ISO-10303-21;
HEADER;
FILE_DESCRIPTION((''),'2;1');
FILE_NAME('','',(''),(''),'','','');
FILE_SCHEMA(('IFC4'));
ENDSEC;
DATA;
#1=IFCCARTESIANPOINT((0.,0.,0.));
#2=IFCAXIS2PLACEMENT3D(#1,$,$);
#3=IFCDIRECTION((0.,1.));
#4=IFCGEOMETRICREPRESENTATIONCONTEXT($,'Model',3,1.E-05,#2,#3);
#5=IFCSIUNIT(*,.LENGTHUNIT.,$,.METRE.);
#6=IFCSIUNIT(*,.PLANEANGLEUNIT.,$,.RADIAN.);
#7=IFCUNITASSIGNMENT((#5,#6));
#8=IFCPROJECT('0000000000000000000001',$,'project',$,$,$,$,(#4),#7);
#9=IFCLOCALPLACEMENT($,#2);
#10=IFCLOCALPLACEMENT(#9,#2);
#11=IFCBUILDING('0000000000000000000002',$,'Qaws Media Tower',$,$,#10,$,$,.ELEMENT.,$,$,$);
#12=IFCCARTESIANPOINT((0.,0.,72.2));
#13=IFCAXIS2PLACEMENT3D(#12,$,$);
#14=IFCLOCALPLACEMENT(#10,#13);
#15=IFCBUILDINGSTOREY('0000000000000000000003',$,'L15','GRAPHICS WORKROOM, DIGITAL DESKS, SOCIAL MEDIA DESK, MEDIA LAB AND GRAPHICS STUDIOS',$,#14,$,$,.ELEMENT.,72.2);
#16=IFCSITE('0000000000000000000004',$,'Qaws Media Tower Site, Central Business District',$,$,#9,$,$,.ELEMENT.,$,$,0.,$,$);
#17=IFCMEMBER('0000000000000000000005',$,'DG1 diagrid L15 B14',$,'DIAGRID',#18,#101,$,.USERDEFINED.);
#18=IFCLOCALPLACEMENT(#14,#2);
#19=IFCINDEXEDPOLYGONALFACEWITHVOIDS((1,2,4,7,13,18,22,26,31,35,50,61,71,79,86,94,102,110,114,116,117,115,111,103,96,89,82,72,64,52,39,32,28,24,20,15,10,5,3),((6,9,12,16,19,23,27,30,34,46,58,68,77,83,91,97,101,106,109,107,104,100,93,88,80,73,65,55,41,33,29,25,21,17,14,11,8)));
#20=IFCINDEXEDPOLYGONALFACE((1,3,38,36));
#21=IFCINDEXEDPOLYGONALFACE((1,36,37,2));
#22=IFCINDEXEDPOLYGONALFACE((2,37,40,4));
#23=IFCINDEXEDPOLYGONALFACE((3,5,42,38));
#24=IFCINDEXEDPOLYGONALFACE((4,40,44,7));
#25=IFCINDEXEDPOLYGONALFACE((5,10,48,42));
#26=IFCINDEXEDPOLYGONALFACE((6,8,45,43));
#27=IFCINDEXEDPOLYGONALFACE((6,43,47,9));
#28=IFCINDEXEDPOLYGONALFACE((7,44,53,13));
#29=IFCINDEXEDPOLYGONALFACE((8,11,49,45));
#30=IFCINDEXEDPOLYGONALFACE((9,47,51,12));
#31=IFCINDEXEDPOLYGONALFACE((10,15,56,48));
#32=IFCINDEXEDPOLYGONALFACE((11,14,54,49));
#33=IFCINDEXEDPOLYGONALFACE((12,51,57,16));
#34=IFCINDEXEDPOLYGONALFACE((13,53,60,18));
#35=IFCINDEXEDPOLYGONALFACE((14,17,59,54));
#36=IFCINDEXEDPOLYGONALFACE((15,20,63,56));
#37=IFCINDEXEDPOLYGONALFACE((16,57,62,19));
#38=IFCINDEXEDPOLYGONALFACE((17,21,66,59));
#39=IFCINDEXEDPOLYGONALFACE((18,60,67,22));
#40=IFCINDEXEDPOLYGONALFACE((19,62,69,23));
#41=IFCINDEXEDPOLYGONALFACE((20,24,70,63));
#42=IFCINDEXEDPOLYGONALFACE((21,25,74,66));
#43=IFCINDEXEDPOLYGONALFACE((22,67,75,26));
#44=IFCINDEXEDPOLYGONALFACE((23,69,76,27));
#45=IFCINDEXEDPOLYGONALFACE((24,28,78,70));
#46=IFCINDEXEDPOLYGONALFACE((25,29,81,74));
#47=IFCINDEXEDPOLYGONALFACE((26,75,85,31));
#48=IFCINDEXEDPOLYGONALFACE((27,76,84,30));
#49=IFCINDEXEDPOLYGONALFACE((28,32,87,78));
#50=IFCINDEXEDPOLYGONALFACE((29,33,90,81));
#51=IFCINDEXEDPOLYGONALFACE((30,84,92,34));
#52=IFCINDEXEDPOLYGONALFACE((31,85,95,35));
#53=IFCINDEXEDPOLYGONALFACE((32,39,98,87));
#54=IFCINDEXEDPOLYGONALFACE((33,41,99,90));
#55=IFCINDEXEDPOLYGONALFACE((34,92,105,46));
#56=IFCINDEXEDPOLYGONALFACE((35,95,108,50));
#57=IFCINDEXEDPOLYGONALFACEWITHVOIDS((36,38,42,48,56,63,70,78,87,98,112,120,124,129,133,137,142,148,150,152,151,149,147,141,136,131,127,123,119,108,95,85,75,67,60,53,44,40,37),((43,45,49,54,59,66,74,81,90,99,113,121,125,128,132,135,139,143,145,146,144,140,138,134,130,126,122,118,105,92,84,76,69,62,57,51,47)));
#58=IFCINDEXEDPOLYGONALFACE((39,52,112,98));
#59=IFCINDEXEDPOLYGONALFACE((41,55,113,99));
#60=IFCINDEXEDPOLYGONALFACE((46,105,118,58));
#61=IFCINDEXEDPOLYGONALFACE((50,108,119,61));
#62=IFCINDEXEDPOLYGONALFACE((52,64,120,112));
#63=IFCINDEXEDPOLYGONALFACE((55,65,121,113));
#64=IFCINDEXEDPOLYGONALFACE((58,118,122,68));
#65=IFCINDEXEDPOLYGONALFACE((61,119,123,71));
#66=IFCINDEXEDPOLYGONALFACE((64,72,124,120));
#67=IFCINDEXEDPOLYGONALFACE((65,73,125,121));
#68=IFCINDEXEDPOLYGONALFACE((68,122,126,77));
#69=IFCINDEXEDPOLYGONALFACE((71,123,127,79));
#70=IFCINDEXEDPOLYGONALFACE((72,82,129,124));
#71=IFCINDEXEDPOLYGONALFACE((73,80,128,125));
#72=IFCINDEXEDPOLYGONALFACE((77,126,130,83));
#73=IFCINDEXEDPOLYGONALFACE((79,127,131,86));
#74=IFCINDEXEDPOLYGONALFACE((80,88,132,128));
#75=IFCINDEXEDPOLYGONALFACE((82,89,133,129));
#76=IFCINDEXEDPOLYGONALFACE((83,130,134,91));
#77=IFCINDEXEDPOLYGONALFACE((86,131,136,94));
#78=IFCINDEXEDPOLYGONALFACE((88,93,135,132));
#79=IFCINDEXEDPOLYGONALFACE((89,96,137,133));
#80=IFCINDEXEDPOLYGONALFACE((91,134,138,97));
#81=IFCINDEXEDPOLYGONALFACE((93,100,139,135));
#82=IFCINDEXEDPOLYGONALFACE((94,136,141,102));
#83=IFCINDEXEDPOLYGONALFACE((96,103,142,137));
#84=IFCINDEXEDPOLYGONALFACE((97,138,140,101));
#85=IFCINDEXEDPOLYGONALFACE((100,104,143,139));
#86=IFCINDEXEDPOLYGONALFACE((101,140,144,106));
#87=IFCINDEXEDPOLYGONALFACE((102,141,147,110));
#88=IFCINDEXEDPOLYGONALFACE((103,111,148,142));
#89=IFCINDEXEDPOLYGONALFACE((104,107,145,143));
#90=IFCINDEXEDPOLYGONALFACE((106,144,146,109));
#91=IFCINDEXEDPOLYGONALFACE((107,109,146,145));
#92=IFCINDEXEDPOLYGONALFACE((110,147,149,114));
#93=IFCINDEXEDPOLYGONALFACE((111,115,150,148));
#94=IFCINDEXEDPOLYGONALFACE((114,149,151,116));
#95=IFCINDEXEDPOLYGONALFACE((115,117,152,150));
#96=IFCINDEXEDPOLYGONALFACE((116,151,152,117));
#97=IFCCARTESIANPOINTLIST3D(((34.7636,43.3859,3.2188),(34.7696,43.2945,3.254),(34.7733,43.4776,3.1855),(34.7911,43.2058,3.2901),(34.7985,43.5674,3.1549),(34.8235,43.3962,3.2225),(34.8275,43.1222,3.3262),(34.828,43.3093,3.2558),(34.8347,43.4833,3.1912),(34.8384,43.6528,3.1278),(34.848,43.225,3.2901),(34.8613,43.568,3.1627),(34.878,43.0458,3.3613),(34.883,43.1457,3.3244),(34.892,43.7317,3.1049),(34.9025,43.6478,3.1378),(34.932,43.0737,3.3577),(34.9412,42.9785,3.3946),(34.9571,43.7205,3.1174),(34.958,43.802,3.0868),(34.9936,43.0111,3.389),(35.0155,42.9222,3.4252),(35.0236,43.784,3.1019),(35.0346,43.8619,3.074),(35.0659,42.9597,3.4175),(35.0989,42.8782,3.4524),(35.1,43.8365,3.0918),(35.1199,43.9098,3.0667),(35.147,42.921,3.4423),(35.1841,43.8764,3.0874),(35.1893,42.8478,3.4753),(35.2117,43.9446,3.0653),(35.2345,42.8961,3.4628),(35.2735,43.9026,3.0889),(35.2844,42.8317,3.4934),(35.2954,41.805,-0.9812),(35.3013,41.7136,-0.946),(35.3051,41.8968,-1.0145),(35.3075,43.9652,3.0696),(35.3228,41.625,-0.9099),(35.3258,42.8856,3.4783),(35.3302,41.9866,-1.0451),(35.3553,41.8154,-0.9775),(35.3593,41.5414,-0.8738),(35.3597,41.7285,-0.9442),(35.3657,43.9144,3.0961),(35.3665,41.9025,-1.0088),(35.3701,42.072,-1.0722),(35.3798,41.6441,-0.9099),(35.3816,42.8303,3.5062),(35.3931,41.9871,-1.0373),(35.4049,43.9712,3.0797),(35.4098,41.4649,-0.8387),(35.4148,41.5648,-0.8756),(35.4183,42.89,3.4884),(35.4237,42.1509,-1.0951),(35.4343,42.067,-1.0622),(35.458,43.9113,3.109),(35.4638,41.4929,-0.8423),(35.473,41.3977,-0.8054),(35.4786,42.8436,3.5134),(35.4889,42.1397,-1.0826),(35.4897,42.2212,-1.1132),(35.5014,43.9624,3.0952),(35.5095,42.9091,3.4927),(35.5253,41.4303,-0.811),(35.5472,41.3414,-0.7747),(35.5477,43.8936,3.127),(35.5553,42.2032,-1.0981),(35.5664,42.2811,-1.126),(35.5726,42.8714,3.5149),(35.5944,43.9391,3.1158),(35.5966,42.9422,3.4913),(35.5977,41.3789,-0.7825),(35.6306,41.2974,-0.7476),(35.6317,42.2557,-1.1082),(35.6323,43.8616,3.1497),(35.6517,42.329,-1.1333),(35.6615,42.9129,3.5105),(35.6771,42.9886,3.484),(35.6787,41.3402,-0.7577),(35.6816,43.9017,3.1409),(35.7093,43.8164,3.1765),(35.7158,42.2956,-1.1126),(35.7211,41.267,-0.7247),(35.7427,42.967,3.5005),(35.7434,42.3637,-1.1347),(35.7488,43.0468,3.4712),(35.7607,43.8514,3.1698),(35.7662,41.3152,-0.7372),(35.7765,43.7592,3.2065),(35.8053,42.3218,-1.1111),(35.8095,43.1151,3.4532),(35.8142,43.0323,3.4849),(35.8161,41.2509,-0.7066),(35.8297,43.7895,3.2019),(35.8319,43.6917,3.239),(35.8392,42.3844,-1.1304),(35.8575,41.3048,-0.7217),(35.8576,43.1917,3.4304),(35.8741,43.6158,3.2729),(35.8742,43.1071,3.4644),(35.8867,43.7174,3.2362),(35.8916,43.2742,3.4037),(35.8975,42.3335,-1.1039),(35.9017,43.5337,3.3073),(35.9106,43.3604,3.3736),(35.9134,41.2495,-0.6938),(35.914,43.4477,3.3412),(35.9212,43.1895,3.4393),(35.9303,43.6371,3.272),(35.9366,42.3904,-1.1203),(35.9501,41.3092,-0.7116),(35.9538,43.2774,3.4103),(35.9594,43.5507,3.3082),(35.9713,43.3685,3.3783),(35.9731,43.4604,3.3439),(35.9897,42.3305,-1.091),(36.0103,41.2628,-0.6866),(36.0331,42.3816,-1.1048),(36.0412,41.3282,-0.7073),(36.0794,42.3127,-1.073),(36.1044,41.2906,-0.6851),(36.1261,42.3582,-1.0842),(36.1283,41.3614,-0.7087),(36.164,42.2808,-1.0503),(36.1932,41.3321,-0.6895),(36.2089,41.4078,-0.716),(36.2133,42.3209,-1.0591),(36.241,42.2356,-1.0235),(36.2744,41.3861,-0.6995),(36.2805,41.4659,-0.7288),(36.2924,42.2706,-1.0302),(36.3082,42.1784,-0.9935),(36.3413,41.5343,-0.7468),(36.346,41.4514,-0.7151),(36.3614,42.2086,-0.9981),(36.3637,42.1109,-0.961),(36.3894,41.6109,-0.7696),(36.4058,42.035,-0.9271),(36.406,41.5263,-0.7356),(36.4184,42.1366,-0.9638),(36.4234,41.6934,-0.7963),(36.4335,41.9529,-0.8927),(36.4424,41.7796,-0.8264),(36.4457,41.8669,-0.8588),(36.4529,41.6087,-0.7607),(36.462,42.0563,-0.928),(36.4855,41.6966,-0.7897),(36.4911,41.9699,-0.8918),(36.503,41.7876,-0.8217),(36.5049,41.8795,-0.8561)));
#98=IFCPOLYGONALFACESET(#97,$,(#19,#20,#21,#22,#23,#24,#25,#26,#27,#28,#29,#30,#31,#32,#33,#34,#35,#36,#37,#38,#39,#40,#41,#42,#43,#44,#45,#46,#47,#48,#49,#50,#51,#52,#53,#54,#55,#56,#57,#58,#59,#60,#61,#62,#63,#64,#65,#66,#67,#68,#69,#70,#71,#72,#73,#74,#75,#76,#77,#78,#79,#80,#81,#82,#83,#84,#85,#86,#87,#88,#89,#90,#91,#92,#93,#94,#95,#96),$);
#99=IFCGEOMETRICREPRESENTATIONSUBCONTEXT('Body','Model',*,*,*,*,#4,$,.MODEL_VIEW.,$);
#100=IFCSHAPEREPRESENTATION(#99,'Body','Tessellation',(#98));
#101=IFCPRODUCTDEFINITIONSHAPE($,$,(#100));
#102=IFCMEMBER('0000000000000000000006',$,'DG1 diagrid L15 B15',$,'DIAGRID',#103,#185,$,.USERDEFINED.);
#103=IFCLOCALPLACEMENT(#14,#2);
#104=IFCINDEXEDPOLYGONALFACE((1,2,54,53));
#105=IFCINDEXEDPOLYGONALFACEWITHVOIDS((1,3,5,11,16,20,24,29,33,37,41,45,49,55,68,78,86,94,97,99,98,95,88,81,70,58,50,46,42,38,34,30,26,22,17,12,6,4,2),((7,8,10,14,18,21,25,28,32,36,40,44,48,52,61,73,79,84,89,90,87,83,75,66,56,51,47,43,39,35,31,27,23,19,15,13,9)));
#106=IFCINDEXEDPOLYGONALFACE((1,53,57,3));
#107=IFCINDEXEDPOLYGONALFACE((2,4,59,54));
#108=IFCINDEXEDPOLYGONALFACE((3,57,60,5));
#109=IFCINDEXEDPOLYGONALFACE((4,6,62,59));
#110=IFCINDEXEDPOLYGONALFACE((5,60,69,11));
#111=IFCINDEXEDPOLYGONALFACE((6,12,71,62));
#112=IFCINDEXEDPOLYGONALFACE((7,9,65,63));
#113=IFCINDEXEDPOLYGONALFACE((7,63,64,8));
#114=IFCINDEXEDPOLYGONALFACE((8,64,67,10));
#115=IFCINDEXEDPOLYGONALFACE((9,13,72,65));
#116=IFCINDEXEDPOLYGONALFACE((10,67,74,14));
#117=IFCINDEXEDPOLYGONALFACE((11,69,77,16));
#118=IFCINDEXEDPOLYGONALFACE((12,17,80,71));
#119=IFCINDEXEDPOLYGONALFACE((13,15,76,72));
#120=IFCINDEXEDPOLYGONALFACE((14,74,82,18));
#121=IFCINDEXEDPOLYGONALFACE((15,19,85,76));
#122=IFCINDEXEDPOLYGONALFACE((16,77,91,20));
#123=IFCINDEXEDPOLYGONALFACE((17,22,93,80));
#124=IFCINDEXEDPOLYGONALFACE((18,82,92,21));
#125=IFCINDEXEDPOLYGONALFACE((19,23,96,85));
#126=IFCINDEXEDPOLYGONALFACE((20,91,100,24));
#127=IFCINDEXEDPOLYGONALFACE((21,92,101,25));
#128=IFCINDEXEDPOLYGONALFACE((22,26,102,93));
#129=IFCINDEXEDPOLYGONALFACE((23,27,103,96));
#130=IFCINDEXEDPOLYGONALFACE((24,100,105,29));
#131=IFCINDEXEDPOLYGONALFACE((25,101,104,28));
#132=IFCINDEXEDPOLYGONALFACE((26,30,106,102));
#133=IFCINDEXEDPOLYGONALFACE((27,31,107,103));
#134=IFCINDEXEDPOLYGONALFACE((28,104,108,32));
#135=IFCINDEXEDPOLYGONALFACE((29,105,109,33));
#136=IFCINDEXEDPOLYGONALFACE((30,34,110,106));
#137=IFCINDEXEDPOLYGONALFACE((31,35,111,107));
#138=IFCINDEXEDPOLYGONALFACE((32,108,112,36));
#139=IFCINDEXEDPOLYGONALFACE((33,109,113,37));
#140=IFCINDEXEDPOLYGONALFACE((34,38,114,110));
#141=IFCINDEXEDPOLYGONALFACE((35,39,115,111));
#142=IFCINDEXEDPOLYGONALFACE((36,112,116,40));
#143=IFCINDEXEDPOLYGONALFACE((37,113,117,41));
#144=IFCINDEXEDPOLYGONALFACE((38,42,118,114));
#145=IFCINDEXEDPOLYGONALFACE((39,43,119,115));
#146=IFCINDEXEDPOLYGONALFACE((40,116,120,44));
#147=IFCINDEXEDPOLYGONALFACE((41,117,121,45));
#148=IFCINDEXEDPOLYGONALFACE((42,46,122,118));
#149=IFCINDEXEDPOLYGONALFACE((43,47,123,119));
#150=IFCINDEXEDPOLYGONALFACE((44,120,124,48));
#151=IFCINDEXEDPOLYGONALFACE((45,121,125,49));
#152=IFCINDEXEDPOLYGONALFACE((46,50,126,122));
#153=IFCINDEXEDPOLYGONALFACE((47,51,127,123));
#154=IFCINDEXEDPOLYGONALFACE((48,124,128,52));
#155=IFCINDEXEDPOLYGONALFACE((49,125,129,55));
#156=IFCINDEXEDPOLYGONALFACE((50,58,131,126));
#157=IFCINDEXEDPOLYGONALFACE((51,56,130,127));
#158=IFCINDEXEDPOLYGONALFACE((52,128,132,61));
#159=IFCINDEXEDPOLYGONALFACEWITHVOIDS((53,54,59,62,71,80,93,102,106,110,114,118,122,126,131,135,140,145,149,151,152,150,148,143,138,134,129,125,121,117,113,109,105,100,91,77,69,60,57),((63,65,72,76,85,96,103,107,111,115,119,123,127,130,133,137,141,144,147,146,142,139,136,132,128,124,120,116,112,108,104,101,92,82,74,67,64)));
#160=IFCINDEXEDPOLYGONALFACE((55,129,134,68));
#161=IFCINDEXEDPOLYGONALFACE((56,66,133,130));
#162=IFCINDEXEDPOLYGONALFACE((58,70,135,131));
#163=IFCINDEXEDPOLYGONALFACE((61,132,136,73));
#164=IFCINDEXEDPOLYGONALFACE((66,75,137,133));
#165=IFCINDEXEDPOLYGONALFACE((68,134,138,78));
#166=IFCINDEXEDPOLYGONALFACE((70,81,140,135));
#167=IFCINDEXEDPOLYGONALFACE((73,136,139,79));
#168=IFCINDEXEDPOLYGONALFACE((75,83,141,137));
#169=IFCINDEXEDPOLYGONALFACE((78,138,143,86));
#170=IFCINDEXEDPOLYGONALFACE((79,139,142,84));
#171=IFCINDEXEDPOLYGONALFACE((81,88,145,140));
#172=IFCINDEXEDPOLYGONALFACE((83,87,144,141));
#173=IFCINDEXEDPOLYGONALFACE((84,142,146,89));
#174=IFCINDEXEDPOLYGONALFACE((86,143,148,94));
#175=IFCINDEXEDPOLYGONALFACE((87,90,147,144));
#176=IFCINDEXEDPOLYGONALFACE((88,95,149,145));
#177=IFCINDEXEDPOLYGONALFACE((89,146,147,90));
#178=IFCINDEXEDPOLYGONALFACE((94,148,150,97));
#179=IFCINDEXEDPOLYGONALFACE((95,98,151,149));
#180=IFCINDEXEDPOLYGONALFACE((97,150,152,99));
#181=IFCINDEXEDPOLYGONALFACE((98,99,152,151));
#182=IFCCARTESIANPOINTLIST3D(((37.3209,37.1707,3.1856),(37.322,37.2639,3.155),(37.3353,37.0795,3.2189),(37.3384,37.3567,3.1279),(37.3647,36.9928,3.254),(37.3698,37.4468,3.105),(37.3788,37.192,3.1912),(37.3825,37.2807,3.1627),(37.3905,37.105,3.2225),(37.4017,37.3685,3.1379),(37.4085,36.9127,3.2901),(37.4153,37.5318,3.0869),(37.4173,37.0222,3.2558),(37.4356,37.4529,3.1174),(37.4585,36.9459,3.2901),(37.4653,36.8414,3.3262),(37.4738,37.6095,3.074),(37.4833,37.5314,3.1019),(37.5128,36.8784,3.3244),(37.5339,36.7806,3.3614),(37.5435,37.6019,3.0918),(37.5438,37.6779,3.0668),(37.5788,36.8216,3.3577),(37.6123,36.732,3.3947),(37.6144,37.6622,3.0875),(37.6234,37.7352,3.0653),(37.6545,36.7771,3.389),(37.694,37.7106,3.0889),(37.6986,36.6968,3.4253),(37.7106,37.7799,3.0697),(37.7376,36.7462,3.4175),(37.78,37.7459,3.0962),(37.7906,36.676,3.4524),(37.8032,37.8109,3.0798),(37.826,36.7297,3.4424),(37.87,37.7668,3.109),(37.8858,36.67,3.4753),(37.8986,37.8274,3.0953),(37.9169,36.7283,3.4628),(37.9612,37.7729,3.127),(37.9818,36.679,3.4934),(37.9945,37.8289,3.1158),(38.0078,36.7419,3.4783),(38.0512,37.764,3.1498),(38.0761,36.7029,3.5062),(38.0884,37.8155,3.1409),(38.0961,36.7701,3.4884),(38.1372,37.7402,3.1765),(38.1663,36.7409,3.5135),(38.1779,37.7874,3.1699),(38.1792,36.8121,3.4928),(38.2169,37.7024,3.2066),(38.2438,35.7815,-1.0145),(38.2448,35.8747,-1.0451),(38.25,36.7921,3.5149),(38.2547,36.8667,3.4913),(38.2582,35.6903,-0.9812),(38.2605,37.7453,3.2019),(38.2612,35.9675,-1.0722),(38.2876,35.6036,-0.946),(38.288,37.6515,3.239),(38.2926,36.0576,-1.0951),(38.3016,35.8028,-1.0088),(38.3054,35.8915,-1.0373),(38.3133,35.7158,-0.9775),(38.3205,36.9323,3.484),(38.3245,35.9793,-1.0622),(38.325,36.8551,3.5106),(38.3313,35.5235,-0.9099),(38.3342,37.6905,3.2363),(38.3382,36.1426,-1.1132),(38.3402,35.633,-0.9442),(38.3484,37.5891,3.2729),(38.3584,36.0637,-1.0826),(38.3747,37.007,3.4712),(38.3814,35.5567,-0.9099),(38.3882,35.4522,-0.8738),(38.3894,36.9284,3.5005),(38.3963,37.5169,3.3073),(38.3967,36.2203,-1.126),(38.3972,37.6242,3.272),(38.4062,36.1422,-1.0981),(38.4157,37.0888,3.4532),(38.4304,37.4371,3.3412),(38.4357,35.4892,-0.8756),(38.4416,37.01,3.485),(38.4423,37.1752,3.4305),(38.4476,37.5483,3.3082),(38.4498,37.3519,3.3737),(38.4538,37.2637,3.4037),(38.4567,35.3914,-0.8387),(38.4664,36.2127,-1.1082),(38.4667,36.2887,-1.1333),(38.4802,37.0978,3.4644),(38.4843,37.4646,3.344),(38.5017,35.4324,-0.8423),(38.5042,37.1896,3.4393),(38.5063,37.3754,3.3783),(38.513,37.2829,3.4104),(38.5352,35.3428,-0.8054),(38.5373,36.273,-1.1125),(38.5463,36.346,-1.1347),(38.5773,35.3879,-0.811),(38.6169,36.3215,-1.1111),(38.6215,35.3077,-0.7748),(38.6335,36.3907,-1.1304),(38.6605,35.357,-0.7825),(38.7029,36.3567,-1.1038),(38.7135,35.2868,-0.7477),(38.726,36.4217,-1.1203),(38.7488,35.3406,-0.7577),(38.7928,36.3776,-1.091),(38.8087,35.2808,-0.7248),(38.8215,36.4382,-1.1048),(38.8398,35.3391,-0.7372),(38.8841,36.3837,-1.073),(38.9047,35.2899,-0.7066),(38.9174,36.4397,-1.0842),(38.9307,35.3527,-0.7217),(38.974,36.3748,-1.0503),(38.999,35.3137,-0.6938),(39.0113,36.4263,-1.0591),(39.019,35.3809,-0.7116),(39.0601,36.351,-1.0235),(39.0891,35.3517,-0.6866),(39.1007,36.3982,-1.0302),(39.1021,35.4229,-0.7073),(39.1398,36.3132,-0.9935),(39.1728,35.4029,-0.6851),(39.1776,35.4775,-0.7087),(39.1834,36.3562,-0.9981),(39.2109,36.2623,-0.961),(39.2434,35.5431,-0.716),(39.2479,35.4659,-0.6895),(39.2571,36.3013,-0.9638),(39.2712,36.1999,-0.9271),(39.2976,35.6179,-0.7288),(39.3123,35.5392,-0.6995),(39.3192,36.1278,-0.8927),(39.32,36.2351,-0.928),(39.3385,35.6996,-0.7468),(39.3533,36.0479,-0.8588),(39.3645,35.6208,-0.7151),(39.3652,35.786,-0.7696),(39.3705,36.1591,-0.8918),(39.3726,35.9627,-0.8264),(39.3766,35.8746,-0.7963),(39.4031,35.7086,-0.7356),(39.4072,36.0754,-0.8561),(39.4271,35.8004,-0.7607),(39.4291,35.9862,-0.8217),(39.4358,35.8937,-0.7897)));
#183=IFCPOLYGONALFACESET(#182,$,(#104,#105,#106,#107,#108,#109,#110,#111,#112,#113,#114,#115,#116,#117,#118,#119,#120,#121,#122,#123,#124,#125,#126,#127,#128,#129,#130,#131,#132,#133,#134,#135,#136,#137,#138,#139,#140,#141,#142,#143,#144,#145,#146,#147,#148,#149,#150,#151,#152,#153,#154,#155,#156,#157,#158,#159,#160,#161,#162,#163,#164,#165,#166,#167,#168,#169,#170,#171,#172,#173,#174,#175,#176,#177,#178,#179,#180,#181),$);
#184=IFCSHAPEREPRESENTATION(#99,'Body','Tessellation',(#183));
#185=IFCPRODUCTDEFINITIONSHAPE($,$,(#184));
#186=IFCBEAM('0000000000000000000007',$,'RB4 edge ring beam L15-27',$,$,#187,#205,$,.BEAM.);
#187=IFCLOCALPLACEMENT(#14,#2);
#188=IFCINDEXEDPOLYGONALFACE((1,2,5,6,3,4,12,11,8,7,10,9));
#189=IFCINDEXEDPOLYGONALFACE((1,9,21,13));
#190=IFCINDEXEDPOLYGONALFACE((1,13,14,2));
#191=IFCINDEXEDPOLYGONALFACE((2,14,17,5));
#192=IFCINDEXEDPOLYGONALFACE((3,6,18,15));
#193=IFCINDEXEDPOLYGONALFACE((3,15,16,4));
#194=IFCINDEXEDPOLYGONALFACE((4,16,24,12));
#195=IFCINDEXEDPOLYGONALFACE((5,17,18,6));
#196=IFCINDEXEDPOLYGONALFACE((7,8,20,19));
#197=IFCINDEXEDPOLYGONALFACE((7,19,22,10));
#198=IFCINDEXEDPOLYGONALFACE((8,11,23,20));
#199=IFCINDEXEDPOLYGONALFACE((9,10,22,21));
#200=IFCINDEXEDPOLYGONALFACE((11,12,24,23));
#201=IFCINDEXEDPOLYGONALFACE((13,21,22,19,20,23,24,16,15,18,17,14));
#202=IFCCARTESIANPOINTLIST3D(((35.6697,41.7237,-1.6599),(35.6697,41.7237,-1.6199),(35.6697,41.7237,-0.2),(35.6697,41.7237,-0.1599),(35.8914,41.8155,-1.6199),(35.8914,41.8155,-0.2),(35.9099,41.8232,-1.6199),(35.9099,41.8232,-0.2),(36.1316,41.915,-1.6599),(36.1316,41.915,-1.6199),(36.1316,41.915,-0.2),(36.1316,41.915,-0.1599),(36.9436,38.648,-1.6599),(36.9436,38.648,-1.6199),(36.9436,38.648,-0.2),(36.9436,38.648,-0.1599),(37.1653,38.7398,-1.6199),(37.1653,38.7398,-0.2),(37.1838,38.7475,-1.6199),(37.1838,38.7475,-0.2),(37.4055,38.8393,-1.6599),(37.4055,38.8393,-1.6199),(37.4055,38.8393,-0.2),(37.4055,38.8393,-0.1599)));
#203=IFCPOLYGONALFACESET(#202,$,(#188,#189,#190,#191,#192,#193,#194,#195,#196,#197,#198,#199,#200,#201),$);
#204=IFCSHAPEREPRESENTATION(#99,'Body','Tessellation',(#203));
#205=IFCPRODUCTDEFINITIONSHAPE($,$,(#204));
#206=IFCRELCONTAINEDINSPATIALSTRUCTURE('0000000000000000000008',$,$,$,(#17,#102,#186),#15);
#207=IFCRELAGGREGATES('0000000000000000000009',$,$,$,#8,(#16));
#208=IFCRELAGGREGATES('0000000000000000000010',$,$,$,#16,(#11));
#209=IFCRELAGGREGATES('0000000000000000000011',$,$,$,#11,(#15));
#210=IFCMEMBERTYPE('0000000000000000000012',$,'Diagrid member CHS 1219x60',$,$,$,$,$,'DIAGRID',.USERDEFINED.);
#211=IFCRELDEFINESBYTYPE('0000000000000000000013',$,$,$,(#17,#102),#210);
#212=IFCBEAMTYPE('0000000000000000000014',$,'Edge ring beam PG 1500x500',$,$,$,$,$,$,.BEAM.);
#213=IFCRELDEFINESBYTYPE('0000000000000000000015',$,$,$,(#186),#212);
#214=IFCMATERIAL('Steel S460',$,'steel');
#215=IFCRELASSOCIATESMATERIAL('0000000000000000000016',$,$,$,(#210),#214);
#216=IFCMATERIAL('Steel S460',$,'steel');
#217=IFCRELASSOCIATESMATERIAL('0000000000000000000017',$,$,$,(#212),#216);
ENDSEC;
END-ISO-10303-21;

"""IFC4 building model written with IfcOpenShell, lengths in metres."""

from ifc_helpers import new_model, si_unit, direction, frame, origin, origin_2d, place, context, subcontext, project, spatial, hollow_circle, i_section, extrude, material, material_profile, profile_set, type_object, element, save


model = new_model("IFC4")

# Units and contexts
model_context = context("Model", 3, precision=1e-05, world=origin(), true_north=direction((0.0, 1.0)))
body_context = subcontext(model_context, "Body", "Model", "MODEL_VIEW")
ifc_project = project(units=[si_unit("LENGTHUNIT", "METRE"), si_unit("PLANEANGLEUNIT", "RADIAN")], contexts=[model_context])

# Site, building, storey
site_placement = place(None, origin())
site = spatial("IfcSite", under=ifc_project, at=site_placement, Name="Qaws Media Tower Site, Central Business District", CompositionType="ELEMENT", RefElevation=0.0)
building_placement = place(site_placement, origin())
building = spatial("IfcBuilding", under=site, at=building_placement, Name="Qaws Media Tower", CompositionType="ELEMENT")
storey_placement = place(building_placement, frame((0.0, 0.0, 72.2)))
storey = spatial("IfcBuildingStorey", under=building, at=storey_placement, Name="L15", Description="GRAPHICS WORKROOM, DIGITAL DESKS, SOCIAL MEDIA DESK, MEDIA LAB AND GRAPHICS STUDIOS", CompositionType="ELEMENT", Elevation=72.2)

# Members
ifc_material_1 = material(Name="Steel S460", Category="steel")
ifc_material_profile_1 = material_profile(ifc_material_1, hollow_circle(Radius=0.6096, WallThickness=0.0601, at=origin_2d()), Name="CHS 1219x60")
ifc_profile_set_1 = profile_set([ifc_material_profile_1], Name="Steel S460")
member_type_1 = type_object("IfcMemberType", Name="Diagrid member CHS 1219x60", ElementType="DIAGRID", PredefinedType="USERDEFINED", material=ifc_profile_set_1)
for number, where, z_axis, x_axis, name in (
    (1, (35.9006, 41.8193, -0.9099), (-0.117667, 0.349815, 0.9294), (-0.947816, -0.318818, 0.0), "DG1 diagrid L15 B14"),
    (2, (38.8391, 35.8608, -0.9099), (-0.204218, 0.307407, 0.929406), (-0.83295, -0.553348, 0.0), "DG1 diagrid L15 B15"),
):
    element("IfcMember", number, at=place(storey_placement, frame(where, z_axis=z_axis, x_axis=x_axis)), inside=storey, type_object=member_type_1, Name=name, ObjectType="DIAGRID", PredefinedType="USERDEFINED", context=body_context, shape_type="SweptSolid", body=[
        extrude(hollow_circle(Radius=0.6096, WallThickness=0.0601, at=origin_2d()), origin(), (0.0, 0.0, 1.0), 4.519),
    ])

# Beam
ifc_material_2 = material(Name="Steel S460", Category="steel")
ifc_material_profile_2 = material_profile(ifc_material_2, i_section(OverallWidth=0.5, OverallDepth=1.5, WebThickness=0.02, FlangeThickness=0.04, at=origin_2d()), Name="PG 1500x500")
ifc_profile_set_2 = profile_set([ifc_material_profile_2], Name="Steel S460")
beam_type = type_object("IfcBeamType", Name="Edge ring beam PG 1500x500", PredefinedType="BEAM", material=ifc_profile_set_2)
beam_1_placement = place(storey_placement, frame((35.9006, 41.8193, -0.9099), z_axis=(0.382667, -0.923886, 0.0), x_axis=(0.923886, 0.382667, 0.0)))
element("IfcBeam", 3, at=beam_1_placement, inside=storey, type_object=beam_type, Name="RB4 edge ring beam L15-27", PredefinedType="BEAM", context=body_context, shape_type="SweptSolid", body=[
    extrude(i_section(OverallWidth=0.5, OverallDepth=1.5, WebThickness=0.02, FlangeThickness=0.04, at=origin_2d()), origin(), (0.0, 0.0, 1.0), 3.3291),
])

save(model, "model.ifc")
